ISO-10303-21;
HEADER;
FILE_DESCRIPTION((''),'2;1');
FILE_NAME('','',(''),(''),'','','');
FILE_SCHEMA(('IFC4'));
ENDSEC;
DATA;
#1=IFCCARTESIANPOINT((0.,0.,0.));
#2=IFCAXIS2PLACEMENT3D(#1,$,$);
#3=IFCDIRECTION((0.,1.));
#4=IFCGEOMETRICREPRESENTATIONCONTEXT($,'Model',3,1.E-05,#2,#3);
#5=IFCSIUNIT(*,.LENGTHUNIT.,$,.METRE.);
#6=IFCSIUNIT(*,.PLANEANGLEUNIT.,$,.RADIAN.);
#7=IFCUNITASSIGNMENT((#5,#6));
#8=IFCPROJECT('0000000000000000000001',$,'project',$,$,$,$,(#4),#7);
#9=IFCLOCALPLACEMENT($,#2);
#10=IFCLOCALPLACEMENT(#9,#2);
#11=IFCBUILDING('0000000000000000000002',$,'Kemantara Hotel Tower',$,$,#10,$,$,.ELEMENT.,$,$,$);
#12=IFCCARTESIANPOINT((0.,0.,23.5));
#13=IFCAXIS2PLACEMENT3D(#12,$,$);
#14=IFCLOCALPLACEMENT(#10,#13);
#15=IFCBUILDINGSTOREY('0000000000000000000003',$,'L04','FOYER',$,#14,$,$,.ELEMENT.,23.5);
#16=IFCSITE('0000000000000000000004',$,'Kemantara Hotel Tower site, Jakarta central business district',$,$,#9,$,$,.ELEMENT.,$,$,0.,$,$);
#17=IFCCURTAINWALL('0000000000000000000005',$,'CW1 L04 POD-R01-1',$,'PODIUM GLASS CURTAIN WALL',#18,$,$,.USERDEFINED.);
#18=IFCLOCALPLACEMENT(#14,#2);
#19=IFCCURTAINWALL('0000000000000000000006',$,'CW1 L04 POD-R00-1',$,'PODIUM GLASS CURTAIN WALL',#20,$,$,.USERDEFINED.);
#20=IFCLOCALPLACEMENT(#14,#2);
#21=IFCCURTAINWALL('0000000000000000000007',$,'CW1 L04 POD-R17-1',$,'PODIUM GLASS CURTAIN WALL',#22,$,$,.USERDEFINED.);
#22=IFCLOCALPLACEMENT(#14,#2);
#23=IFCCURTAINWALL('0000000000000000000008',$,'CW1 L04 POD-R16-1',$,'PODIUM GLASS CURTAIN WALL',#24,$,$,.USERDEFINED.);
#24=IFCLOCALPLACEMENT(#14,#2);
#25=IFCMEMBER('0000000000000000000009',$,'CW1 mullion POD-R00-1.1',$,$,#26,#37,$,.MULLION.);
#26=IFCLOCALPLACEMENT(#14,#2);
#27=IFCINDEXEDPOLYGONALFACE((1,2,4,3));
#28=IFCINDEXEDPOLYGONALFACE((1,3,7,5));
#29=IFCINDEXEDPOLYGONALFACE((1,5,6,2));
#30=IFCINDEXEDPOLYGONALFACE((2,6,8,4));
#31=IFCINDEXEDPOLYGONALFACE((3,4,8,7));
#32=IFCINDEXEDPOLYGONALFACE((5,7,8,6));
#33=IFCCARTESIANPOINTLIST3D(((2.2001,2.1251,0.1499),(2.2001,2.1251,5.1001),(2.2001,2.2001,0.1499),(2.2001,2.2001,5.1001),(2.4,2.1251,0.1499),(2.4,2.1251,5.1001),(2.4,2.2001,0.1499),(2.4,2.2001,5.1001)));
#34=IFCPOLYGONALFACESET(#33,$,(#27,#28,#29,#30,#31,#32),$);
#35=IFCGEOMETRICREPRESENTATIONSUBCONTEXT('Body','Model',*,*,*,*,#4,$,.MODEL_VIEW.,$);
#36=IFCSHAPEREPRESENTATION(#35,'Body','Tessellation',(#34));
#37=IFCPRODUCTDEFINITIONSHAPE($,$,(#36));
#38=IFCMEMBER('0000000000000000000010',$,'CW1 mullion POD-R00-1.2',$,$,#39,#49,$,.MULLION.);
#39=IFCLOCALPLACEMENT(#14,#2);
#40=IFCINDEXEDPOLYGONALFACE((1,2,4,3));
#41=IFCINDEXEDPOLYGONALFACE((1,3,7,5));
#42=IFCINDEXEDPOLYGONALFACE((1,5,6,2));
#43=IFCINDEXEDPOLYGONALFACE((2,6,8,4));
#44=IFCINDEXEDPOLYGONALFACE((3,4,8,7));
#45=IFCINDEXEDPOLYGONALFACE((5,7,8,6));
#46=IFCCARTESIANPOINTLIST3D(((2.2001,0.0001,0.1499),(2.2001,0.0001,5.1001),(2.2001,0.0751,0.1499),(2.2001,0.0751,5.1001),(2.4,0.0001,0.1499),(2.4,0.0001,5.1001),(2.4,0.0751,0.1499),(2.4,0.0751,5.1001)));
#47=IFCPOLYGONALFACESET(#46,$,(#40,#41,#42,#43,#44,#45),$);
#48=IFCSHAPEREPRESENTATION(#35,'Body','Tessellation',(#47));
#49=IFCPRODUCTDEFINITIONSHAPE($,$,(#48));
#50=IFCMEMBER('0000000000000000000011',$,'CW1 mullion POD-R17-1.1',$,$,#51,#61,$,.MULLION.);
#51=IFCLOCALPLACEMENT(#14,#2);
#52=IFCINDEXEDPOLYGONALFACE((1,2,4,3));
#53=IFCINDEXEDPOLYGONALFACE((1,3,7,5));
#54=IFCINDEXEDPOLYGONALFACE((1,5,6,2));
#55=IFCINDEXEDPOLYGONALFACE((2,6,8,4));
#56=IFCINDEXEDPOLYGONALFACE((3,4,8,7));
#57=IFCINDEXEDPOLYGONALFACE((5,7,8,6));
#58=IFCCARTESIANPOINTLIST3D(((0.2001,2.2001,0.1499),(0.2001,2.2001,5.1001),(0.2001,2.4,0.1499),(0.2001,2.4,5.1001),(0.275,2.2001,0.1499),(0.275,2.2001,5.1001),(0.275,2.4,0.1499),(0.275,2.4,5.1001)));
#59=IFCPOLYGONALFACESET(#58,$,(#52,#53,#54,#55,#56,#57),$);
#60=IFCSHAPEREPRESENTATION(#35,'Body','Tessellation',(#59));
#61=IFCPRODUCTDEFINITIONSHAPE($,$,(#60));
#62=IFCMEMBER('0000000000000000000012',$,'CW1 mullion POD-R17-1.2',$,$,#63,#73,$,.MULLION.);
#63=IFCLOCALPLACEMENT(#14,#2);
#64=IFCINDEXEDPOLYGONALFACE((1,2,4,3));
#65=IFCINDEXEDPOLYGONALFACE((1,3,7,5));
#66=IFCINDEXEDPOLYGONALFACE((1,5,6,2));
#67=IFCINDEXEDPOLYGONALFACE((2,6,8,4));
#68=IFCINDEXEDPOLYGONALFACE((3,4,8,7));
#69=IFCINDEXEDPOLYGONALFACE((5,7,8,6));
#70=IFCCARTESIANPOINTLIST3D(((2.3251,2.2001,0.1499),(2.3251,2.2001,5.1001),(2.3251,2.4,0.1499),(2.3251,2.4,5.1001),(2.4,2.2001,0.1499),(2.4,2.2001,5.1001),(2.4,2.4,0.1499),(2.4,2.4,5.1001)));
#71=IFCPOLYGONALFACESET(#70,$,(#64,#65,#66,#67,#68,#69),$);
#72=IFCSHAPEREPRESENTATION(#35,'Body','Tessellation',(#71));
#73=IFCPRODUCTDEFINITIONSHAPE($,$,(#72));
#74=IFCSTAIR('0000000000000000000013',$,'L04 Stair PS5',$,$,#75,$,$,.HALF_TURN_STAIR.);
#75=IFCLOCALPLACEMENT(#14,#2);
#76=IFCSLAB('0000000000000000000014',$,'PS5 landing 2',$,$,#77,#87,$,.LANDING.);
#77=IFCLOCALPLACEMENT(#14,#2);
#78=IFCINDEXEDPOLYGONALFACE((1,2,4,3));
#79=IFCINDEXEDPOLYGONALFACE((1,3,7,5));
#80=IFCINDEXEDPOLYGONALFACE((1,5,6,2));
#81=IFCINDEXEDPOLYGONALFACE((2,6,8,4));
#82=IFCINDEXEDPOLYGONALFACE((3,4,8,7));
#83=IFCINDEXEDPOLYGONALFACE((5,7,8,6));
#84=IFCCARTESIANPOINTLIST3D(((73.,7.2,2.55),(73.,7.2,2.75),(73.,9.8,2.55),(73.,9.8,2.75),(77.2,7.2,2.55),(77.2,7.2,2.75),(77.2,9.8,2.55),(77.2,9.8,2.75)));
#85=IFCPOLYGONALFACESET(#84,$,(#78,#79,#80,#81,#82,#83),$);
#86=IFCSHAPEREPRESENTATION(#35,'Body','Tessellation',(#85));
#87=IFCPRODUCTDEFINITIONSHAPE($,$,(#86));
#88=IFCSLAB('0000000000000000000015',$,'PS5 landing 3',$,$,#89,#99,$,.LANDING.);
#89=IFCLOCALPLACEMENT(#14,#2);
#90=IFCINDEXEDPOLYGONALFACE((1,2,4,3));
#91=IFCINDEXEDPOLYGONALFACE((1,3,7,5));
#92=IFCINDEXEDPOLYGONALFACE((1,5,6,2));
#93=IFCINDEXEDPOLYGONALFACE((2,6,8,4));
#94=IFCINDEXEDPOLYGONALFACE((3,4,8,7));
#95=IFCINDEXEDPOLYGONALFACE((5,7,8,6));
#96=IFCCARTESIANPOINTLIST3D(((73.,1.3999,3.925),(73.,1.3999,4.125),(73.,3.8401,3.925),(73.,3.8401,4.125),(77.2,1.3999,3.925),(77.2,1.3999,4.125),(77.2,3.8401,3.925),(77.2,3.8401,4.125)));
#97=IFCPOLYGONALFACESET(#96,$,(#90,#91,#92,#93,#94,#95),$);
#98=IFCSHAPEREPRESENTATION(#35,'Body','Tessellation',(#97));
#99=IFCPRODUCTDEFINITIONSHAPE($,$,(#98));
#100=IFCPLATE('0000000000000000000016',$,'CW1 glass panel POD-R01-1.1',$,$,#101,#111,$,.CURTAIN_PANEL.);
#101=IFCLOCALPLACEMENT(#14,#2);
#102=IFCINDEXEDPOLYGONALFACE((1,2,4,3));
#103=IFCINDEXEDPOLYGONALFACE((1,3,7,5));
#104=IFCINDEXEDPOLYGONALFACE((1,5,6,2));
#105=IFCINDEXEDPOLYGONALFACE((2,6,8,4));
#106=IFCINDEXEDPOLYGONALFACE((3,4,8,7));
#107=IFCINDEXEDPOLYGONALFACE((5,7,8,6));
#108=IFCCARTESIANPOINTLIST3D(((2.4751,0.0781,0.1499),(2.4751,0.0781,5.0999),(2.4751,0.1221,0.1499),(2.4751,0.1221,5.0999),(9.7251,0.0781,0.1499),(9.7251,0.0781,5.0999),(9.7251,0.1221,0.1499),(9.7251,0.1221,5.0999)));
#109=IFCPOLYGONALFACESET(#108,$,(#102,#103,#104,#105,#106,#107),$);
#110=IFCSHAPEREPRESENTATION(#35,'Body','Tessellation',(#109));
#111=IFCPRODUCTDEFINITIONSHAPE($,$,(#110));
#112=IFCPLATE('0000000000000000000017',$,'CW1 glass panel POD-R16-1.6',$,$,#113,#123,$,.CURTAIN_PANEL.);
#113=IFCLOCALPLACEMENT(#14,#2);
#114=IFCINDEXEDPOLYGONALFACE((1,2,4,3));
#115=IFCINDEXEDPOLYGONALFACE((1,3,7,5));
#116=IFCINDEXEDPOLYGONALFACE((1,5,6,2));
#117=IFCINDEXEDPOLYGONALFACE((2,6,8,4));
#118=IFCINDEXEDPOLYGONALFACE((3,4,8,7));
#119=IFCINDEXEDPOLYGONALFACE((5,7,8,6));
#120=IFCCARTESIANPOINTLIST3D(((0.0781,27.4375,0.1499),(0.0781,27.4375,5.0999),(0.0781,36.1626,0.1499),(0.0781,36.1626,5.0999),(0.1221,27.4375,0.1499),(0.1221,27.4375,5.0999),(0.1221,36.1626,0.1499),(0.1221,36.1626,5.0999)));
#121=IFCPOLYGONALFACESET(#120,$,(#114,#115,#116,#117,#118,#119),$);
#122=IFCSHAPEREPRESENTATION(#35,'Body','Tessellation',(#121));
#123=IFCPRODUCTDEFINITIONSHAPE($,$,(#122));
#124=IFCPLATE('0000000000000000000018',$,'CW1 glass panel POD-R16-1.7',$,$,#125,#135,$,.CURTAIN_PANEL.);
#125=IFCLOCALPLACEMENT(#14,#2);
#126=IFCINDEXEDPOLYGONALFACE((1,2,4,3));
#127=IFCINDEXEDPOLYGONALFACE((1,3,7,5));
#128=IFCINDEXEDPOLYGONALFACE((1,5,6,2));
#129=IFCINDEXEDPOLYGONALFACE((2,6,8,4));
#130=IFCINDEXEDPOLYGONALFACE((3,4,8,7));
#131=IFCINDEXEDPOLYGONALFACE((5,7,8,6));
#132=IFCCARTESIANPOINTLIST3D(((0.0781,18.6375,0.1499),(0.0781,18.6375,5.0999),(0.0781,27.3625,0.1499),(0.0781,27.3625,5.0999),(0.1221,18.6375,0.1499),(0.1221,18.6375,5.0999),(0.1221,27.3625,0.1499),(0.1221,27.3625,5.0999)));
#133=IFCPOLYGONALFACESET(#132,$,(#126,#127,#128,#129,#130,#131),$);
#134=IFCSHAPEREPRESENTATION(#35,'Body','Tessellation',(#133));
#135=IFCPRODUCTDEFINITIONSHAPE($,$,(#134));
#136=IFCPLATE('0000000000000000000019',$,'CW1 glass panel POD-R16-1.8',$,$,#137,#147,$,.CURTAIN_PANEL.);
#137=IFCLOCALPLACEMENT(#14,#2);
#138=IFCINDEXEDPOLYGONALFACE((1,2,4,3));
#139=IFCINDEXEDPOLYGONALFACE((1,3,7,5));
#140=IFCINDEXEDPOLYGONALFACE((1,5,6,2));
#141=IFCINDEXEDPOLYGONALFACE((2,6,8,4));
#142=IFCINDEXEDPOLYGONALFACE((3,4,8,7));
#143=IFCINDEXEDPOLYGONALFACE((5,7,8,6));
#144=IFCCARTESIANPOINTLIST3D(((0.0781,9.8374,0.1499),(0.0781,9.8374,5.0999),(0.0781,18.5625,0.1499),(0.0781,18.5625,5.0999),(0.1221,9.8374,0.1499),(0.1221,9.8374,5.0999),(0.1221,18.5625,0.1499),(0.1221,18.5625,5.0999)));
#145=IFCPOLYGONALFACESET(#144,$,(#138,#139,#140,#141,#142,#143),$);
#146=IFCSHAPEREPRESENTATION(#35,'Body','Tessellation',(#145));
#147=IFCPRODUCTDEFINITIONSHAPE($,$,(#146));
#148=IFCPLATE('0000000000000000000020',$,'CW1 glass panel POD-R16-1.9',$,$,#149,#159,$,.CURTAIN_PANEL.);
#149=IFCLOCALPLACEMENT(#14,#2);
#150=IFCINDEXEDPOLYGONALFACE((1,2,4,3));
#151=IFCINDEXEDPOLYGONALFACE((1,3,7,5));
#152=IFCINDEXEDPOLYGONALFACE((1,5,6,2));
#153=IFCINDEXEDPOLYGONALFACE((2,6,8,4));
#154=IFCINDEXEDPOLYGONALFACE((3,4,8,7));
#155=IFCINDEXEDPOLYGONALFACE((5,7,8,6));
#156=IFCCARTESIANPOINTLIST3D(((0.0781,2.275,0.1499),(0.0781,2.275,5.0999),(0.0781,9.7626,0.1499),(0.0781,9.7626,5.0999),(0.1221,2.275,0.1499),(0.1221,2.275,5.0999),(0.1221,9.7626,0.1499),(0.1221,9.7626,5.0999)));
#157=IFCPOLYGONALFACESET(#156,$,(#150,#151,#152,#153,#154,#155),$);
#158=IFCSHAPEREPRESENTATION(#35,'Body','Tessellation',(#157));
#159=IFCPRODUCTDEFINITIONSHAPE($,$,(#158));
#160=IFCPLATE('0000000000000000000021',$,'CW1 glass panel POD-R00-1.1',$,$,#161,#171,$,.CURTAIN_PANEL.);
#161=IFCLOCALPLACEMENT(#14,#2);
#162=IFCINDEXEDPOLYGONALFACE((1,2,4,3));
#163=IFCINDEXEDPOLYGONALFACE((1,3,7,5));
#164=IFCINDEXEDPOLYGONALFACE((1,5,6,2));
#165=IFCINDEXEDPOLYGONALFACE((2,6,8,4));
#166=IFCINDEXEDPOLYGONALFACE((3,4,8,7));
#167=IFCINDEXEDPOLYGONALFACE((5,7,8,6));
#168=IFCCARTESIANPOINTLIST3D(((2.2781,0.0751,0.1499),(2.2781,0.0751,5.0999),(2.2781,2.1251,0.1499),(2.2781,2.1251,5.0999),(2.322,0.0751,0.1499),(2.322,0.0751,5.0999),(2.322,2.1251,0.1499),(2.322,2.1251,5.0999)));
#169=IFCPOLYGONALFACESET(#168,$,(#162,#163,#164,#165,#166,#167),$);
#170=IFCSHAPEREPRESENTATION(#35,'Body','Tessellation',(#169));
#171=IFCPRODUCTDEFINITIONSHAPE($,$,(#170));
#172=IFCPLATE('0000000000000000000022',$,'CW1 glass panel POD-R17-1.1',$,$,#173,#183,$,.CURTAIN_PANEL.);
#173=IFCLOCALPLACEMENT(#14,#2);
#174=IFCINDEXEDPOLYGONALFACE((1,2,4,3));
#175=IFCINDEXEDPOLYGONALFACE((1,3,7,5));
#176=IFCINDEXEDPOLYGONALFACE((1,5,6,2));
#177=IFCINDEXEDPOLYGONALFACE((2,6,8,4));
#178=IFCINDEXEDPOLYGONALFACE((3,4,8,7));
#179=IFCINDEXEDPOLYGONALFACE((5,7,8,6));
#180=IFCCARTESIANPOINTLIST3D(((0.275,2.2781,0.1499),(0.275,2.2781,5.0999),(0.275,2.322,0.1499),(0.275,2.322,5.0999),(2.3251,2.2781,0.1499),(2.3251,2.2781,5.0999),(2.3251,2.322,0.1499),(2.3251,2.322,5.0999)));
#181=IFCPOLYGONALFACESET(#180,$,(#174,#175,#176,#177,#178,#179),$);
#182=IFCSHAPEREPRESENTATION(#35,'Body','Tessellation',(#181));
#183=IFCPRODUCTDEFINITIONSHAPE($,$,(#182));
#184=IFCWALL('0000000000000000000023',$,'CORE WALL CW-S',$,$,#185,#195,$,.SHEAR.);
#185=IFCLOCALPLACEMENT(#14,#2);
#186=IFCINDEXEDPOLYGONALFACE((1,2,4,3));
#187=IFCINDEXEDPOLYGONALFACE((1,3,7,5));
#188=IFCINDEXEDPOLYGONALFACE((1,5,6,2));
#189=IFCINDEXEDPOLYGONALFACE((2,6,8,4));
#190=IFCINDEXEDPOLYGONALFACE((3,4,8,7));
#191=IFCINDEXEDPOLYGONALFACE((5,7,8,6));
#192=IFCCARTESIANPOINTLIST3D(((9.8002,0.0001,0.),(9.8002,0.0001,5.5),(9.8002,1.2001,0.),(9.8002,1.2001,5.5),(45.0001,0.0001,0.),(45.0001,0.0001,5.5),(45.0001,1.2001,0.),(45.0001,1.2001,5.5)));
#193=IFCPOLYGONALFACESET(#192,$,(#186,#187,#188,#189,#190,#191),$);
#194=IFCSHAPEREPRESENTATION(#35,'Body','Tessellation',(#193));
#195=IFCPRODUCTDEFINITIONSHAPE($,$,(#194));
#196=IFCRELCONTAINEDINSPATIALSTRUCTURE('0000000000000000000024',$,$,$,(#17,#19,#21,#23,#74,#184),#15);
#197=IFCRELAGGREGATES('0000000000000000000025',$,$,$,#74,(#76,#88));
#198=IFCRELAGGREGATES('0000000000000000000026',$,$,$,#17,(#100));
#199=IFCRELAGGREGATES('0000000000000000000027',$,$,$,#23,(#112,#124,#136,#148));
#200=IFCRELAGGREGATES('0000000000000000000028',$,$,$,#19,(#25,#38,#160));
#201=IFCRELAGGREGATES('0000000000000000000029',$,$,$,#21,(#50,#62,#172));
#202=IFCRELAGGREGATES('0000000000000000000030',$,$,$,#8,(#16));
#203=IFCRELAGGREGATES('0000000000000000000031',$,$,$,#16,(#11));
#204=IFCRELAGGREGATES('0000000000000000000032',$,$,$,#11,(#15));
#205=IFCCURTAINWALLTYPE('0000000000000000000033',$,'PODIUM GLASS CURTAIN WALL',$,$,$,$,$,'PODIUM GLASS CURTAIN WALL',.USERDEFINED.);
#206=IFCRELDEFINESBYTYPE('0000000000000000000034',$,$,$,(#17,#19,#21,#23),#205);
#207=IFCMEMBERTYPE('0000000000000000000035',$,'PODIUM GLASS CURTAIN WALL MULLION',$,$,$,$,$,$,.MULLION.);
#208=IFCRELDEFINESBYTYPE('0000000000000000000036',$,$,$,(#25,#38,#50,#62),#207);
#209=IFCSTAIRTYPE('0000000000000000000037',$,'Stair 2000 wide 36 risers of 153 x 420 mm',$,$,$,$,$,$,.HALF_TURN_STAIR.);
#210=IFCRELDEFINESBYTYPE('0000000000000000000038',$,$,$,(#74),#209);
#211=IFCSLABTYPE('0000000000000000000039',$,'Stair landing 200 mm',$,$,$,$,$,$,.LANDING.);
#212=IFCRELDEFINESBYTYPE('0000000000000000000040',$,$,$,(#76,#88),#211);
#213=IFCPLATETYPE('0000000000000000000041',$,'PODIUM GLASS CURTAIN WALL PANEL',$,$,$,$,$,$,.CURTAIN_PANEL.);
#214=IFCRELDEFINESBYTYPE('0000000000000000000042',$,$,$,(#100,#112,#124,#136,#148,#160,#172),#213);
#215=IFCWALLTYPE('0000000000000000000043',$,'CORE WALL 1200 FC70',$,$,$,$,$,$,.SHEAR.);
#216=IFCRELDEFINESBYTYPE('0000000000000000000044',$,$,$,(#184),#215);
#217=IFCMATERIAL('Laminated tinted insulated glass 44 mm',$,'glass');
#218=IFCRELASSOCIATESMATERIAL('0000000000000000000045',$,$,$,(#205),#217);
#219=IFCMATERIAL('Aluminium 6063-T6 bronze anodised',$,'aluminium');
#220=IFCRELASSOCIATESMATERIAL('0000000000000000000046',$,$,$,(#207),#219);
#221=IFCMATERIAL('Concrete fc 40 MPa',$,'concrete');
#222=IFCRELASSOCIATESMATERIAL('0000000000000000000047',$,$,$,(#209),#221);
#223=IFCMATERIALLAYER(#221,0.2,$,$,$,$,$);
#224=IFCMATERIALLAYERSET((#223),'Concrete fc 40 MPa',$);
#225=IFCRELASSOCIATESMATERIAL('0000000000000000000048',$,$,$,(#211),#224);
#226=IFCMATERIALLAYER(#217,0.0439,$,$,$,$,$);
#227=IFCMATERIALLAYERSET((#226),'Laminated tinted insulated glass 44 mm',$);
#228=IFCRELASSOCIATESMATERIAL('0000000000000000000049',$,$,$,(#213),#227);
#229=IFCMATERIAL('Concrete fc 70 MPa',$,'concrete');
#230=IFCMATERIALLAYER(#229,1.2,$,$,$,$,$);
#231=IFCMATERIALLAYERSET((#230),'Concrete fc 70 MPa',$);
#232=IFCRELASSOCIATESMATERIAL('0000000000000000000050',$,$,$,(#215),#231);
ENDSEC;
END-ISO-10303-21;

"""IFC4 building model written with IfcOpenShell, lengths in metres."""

from ifc_helpers import new_model, si_unit, direction, frame, frame_2d, origin, origin_2d, place, context, subcontext, project, spatial, polyline, rectangle, outline, extrude, source, transform, mapped, material, layer, layer_set, material_profile, profile_set, type_object, element, aggregate, save


model = new_model("IFC4")

# Units and contexts
model_context = context("Model", 3, precision=1e-05, world=origin(), true_north=direction((0.0, 1.0)))
body_context = subcontext(model_context, "Body", "Model", "MODEL_VIEW")
ifc_project = project(units=[si_unit("LENGTHUNIT", "METRE"), si_unit("PLANEANGLEUNIT", "RADIAN")], contexts=[model_context])

# Site, building, storey
site_placement = place(None, origin())
site = spatial("IfcSite", under=ifc_project, at=site_placement, Name="Kemantara Hotel Tower site, Jakarta central business district", CompositionType="ELEMENT", RefElevation=0.0)
building_placement = place(site_placement, origin())
building = spatial("IfcBuilding", under=site, at=building_placement, Name="Kemantara Hotel Tower", CompositionType="ELEMENT")
storey_placement = place(building_placement, frame((0.0, 0.0, 23.5)))
storey = spatial("IfcBuildingStorey", under=building, at=storey_placement, Name="L04", Description="FOYER", CompositionType="ELEMENT", Elevation=23.5)

# Shared definitions
ifc_material_1 = material(Name="Concrete fc 70 MPa", Category="concrete")

# Curtain walls
ifc_material_2 = material(Name="Laminated tinted insulated glass 44 mm", Category="glass")
curtain_wall_type = type_object("IfcCurtainWallType", Name="PODIUM GLASS CURTAIN WALL", ElementType="PODIUM GLASS CURTAIN WALL", PredefinedType="USERDEFINED", material=ifc_material_2)
curtain_wall_1_placement = place(storey_placement, origin())
curtain_wall_1 = element("IfcCurtainWall", 1, at=curtain_wall_1_placement, inside=storey, type_object=curtain_wall_type, Name="CW1 L04 POD-R01-1", ObjectType="PODIUM GLASS CURTAIN WALL", PredefinedType="USERDEFINED")
ifc_material_3 = material(Name="Aluminium 6063-T6 bronze anodised", Category="aluminium")
curtain_wall_2_placement = place(storey_placement, origin())
curtain_wall_2 = element("IfcCurtainWall", 2, at=curtain_wall_2_placement, inside=storey, type_object=curtain_wall_type, Name="CW1 L04 POD-R00-1", ObjectType="PODIUM GLASS CURTAIN WALL", PredefinedType="USERDEFINED")
curtain_wall_3_placement = place(storey_placement, origin())
curtain_wall_3 = element("IfcCurtainWall", 3, at=curtain_wall_3_placement, inside=storey, type_object=curtain_wall_type, Name="CW1 L04 POD-R17-1", ObjectType="PODIUM GLASS CURTAIN WALL", PredefinedType="USERDEFINED")

# Shared definitions
ifc_material_profile_1 = material_profile(ifc_material_3, rectangle(XDim=0.2, YDim=0.075, at=origin_2d()), Name="PODIUM GLASS CURTAIN WALL MULLION")
ifc_profile_set_1 = profile_set([ifc_material_profile_1], Name="Aluminium 6063-T6 bronze anodised")
member_type_1 = type_object("IfcMemberType", Name="PODIUM GLASS CURTAIN WALL MULLION", PredefinedType="MULLION", material=ifc_profile_set_1)
shared_shape_1 = source(origin(), body_context, "Body", "SweptSolid", [
    extrude(rectangle(XDim=0.2, YDim=0.075, at=origin_2d()), origin(), (0.0, 0.0, 1.0), 4.9502),
])

# Curtain wall
curtain_wall_4_placement = place(storey_placement, origin())
curtain_wall_4 = element("IfcCurtainWall", 4, at=curtain_wall_4_placement, inside=storey, type_object=curtain_wall_type, Name="CW1 L04 POD-R16-1", ObjectType="PODIUM GLASS CURTAIN WALL", PredefinedType="USERDEFINED")

# Members
member_1_placement = place(storey_placement, frame((2.3, 2.1626, 0.1499), z_axis=(0.0, 0.0, 1.0), x_axis=(1.0, 0.0, 0.0)))
member_1 = element("IfcMember", 5, at=member_1_placement, type_object=member_type_1, Name="CW1 mullion POD-R00-1.1", PredefinedType="MULLION", context=body_context, shape_type="MappedRepresentation", body=[
    mapped(shared_shape_1, transform((0.0, 0.0, 0.0))),
])
member_2_placement = place(storey_placement, frame((2.3, 0.0376, 0.1499), z_axis=(0.0, 0.0, 1.0), x_axis=(1.0, 0.0, 0.0)))
member_2 = element("IfcMember", 6, at=member_2_placement, type_object=member_type_1, Name="CW1 mullion POD-R00-1.2", PredefinedType="MULLION", context=body_context, shape_type="MappedRepresentation", body=[
    mapped(shared_shape_1, transform((0.0, 0.0, 0.0))),
])
member_3_placement = place(storey_placement, frame((0.2375, 2.3, 0.1499), z_axis=(0.0, 0.0, 1.0), x_axis=(0.0, 1.0, 0.0)))
member_3 = element("IfcMember", 7, at=member_3_placement, type_object=member_type_1, Name="CW1 mullion POD-R17-1.1", PredefinedType="MULLION", context=body_context, shape_type="MappedRepresentation", body=[
    mapped(shared_shape_1, transform((0.0, 0.0, 0.0))),
])
member_4_placement = place(storey_placement, frame((2.3625, 2.3, 0.1499), z_axis=(0.0, 0.0, 1.0), x_axis=(0.0, 1.0, 0.0)))
member_4 = element("IfcMember", 8, at=member_4_placement, type_object=member_type_1, Name="CW1 mullion POD-R17-1.2", PredefinedType="MULLION", context=body_context, shape_type="MappedRepresentation", body=[
    mapped(shared_shape_1, transform((0.0, 0.0, 0.0))),
])

# Stair, slabs
ifc_material_4 = material(Name="Concrete fc 40 MPa", Category="concrete")
stair_type = type_object("IfcStairType", Name="Stair 2000 wide 36 risers of 153 x 420 mm", PredefinedType="HALF_TURN_STAIR", material=ifc_material_4)
stair_placement = place(storey_placement, origin())
stair = element("IfcStair", 9, at=stair_placement, inside=storey, type_object=stair_type, Name="L04 Stair PS5", PredefinedType="HALF_TURN_STAIR")
ifc_layer_1 = layer(ifc_material_4, 0.2)
ifc_layer_set_1 = layer_set([ifc_layer_1], Name="Concrete fc 40 MPa")
slab_type = type_object("IfcSlabType", Name="Stair landing 200 mm", PredefinedType="LANDING", material=ifc_layer_set_1)
slab_1_placement = place(storey_placement, frame((0.0, 0.0, 2.55)))
slab_1 = element("IfcSlab", 10, at=slab_1_placement, type_object=slab_type, Name="PS5 landing 2", PredefinedType="LANDING", context=body_context, shape_type="SweptSolid", body=[
    extrude(outline(polyline([(73.0, 9.8), (73.0, 7.2), (77.2, 7.2), (77.2, 9.8), (73.0, 9.8)])), origin(), (0.0, 0.0, 1.0), 0.2),
])
slab_2_placement = place(storey_placement, frame((0.0, 0.0, 3.925)))
slab_2 = element("IfcSlab", 11, at=slab_2_placement, type_object=slab_type, Name="PS5 landing 3", PredefinedType="LANDING", context=body_context, shape_type="SweptSolid", body=[
    extrude(outline(polyline([(73.0, 3.8401), (73.0, 1.3999), (77.2, 1.3999), (77.2, 3.8401), (73.0, 3.8401)])), origin(), (0.0, 0.0, 1.0), 0.2),
])
aggregate(stair, [slab_1, slab_2])

# Plates
ifc_layer_2 = layer(ifc_material_2, 0.0439)
ifc_layer_set_2 = layer_set([ifc_layer_2], Name="Laminated tinted insulated glass 44 mm")
plate_type = type_object("IfcPlateType", Name="PODIUM GLASS CURTAIN WALL PANEL", PredefinedType="CURTAIN_PANEL", material=ifc_layer_set_2)
shared_shape_2 = source(origin(), body_context, "Body", "SweptSolid", [
    extrude(rectangle(XDim=7.25, YDim=0.0439, at=origin_2d()), origin(), (0.0, 0.0, 1.0), 4.95),
])
plate_1_placement = place(storey_placement, frame((6.1001, 0.1001, 0.1499), z_axis=(0.0, 0.0, 1.0), x_axis=(1.0, 0.0, 0.0)))
plate_1 = element("IfcPlate", 12, at=plate_1_placement, type_object=plate_type, Name="CW1 glass panel POD-R01-1.1", PredefinedType="CURTAIN_PANEL", context=body_context, shape_type="MappedRepresentation", body=[
    mapped(shared_shape_2, transform((0.0, 0.0, 0.0))),
])
aggregate(curtain_wall_1, [plate_1])
shared_shape_3 = source(origin(), body_context, "Body", "SweptSolid", [
    extrude(rectangle(XDim=8.7251, YDim=0.0439, at=origin_2d()), origin(), (0.0, 0.0, 1.0), 4.95),
])
plate_2_placement = place(storey_placement, frame((0.1001, 31.8, 0.1499), z_axis=(0.0, 0.0, 1.0), x_axis=(0.0, -1.0, 0.0)))
plate_2 = element("IfcPlate", 13, at=plate_2_placement, type_object=plate_type, Name="CW1 glass panel POD-R16-1.6", PredefinedType="CURTAIN_PANEL", context=body_context, shape_type="MappedRepresentation", body=[
    mapped(shared_shape_3, transform((0.0, 0.0, 0.0))),
])
plate_3_placement = place(storey_placement, frame((0.1001, 23.0, 0.1499), z_axis=(0.0, 0.0, 1.0), x_axis=(0.0, -1.0, 0.0)))
plate_3 = element("IfcPlate", 14, at=plate_3_placement, type_object=plate_type, Name="CW1 glass panel POD-R16-1.7", PredefinedType="CURTAIN_PANEL", context=body_context, shape_type="MappedRepresentation", body=[
    mapped(shared_shape_3, transform((0.0, 0.0, 0.0))),
])
plate_4_placement = place(storey_placement, frame((0.1001, 14.2, 0.1499), z_axis=(0.0, 0.0, 1.0), x_axis=(0.0, -1.0, 0.0)))
plate_4 = element("IfcPlate", 15, at=plate_4_placement, type_object=plate_type, Name="CW1 glass panel POD-R16-1.8", PredefinedType="CURTAIN_PANEL", context=body_context, shape_type="MappedRepresentation", body=[
    mapped(shared_shape_3, transform((0.0, 0.0, 0.0))),
])
shared_shape_4 = source(origin(), body_context, "Body", "SweptSolid", [
    extrude(rectangle(XDim=7.4875, YDim=0.0439, at=origin_2d()), origin(), (0.0, 0.0, 1.0), 4.95),
])
plate_5_placement = place(storey_placement, frame((0.1001, 6.0188, 0.1499), z_axis=(0.0, 0.0, 1.0), x_axis=(0.0, -1.0, 0.0)))
plate_5 = element("IfcPlate", 16, at=plate_5_placement, type_object=plate_type, Name="CW1 glass panel POD-R16-1.9", PredefinedType="CURTAIN_PANEL", context=body_context, shape_type="MappedRepresentation", body=[
    mapped(shared_shape_4, transform((0.0, 0.0, 0.0))),
])
aggregate(curtain_wall_4, [plate_2, plate_3, plate_4, plate_5])
shared_shape_5 = source(origin(), body_context, "Body", "SweptSolid", [
    extrude(rectangle(XDim=2.05, YDim=0.0439, at=origin_2d()), origin(), (0.0, 0.0, 1.0), 4.95),
])
plate_6_placement = place(storey_placement, frame((2.3, 1.1001, 0.1499), z_axis=(0.0, 0.0, 1.0), x_axis=(0.0, -1.0, 0.0)))
plate_6 = element("IfcPlate", 17, at=plate_6_placement, type_object=plate_type, Name="CW1 glass panel POD-R00-1.1", PredefinedType="CURTAIN_PANEL", context=body_context, shape_type="MappedRepresentation", body=[
    mapped(shared_shape_5, transform((0.0, 0.0, 0.0))),
])
aggregate(curtain_wall_2, [member_1, member_2, plate_6])
plate_7_placement = place(storey_placement, frame((1.3, 2.3, 0.1499), z_axis=(0.0, 0.0, 1.0), x_axis=(1.0, 0.0, 0.0)))
plate_7 = element("IfcPlate", 18, at=plate_7_placement, type_object=plate_type, Name="CW1 glass panel POD-R17-1.1", PredefinedType="CURTAIN_PANEL", context=body_context, shape_type="MappedRepresentation", body=[
    mapped(shared_shape_5, transform((0.0, 0.0, 0.0))),
])
aggregate(curtain_wall_3, [member_3, member_4, plate_7])

# Wall
ifc_layer_3 = layer(ifc_material_1, 1.2)
ifc_layer_set_3 = layer_set([ifc_layer_3], Name="Concrete fc 70 MPa")
wall_type_1 = type_object("IfcWallType", Name="CORE WALL 1200 FC70", PredefinedType="SHEAR", material=ifc_layer_set_3)
wall_1_placement = place(storey_placement, frame((9.8, 0.6001, 0.0), z_axis=(0.0, 0.0, 1.0), x_axis=(1.0, 0.0, 0.0)))
element("IfcWall", 19, at=wall_1_placement, inside=storey, type_object=wall_type_1, Name="CORE WALL CW-S", PredefinedType="SHEAR", context=body_context, shape_type="SweptSolid", body=[
    extrude(rectangle(XDim=35.2, YDim=1.2, at=frame_2d((17.6001, 0.0))), origin(), (0.0, 0.0, 1.0), 5.5),
])

save(model, "model.ifc")
